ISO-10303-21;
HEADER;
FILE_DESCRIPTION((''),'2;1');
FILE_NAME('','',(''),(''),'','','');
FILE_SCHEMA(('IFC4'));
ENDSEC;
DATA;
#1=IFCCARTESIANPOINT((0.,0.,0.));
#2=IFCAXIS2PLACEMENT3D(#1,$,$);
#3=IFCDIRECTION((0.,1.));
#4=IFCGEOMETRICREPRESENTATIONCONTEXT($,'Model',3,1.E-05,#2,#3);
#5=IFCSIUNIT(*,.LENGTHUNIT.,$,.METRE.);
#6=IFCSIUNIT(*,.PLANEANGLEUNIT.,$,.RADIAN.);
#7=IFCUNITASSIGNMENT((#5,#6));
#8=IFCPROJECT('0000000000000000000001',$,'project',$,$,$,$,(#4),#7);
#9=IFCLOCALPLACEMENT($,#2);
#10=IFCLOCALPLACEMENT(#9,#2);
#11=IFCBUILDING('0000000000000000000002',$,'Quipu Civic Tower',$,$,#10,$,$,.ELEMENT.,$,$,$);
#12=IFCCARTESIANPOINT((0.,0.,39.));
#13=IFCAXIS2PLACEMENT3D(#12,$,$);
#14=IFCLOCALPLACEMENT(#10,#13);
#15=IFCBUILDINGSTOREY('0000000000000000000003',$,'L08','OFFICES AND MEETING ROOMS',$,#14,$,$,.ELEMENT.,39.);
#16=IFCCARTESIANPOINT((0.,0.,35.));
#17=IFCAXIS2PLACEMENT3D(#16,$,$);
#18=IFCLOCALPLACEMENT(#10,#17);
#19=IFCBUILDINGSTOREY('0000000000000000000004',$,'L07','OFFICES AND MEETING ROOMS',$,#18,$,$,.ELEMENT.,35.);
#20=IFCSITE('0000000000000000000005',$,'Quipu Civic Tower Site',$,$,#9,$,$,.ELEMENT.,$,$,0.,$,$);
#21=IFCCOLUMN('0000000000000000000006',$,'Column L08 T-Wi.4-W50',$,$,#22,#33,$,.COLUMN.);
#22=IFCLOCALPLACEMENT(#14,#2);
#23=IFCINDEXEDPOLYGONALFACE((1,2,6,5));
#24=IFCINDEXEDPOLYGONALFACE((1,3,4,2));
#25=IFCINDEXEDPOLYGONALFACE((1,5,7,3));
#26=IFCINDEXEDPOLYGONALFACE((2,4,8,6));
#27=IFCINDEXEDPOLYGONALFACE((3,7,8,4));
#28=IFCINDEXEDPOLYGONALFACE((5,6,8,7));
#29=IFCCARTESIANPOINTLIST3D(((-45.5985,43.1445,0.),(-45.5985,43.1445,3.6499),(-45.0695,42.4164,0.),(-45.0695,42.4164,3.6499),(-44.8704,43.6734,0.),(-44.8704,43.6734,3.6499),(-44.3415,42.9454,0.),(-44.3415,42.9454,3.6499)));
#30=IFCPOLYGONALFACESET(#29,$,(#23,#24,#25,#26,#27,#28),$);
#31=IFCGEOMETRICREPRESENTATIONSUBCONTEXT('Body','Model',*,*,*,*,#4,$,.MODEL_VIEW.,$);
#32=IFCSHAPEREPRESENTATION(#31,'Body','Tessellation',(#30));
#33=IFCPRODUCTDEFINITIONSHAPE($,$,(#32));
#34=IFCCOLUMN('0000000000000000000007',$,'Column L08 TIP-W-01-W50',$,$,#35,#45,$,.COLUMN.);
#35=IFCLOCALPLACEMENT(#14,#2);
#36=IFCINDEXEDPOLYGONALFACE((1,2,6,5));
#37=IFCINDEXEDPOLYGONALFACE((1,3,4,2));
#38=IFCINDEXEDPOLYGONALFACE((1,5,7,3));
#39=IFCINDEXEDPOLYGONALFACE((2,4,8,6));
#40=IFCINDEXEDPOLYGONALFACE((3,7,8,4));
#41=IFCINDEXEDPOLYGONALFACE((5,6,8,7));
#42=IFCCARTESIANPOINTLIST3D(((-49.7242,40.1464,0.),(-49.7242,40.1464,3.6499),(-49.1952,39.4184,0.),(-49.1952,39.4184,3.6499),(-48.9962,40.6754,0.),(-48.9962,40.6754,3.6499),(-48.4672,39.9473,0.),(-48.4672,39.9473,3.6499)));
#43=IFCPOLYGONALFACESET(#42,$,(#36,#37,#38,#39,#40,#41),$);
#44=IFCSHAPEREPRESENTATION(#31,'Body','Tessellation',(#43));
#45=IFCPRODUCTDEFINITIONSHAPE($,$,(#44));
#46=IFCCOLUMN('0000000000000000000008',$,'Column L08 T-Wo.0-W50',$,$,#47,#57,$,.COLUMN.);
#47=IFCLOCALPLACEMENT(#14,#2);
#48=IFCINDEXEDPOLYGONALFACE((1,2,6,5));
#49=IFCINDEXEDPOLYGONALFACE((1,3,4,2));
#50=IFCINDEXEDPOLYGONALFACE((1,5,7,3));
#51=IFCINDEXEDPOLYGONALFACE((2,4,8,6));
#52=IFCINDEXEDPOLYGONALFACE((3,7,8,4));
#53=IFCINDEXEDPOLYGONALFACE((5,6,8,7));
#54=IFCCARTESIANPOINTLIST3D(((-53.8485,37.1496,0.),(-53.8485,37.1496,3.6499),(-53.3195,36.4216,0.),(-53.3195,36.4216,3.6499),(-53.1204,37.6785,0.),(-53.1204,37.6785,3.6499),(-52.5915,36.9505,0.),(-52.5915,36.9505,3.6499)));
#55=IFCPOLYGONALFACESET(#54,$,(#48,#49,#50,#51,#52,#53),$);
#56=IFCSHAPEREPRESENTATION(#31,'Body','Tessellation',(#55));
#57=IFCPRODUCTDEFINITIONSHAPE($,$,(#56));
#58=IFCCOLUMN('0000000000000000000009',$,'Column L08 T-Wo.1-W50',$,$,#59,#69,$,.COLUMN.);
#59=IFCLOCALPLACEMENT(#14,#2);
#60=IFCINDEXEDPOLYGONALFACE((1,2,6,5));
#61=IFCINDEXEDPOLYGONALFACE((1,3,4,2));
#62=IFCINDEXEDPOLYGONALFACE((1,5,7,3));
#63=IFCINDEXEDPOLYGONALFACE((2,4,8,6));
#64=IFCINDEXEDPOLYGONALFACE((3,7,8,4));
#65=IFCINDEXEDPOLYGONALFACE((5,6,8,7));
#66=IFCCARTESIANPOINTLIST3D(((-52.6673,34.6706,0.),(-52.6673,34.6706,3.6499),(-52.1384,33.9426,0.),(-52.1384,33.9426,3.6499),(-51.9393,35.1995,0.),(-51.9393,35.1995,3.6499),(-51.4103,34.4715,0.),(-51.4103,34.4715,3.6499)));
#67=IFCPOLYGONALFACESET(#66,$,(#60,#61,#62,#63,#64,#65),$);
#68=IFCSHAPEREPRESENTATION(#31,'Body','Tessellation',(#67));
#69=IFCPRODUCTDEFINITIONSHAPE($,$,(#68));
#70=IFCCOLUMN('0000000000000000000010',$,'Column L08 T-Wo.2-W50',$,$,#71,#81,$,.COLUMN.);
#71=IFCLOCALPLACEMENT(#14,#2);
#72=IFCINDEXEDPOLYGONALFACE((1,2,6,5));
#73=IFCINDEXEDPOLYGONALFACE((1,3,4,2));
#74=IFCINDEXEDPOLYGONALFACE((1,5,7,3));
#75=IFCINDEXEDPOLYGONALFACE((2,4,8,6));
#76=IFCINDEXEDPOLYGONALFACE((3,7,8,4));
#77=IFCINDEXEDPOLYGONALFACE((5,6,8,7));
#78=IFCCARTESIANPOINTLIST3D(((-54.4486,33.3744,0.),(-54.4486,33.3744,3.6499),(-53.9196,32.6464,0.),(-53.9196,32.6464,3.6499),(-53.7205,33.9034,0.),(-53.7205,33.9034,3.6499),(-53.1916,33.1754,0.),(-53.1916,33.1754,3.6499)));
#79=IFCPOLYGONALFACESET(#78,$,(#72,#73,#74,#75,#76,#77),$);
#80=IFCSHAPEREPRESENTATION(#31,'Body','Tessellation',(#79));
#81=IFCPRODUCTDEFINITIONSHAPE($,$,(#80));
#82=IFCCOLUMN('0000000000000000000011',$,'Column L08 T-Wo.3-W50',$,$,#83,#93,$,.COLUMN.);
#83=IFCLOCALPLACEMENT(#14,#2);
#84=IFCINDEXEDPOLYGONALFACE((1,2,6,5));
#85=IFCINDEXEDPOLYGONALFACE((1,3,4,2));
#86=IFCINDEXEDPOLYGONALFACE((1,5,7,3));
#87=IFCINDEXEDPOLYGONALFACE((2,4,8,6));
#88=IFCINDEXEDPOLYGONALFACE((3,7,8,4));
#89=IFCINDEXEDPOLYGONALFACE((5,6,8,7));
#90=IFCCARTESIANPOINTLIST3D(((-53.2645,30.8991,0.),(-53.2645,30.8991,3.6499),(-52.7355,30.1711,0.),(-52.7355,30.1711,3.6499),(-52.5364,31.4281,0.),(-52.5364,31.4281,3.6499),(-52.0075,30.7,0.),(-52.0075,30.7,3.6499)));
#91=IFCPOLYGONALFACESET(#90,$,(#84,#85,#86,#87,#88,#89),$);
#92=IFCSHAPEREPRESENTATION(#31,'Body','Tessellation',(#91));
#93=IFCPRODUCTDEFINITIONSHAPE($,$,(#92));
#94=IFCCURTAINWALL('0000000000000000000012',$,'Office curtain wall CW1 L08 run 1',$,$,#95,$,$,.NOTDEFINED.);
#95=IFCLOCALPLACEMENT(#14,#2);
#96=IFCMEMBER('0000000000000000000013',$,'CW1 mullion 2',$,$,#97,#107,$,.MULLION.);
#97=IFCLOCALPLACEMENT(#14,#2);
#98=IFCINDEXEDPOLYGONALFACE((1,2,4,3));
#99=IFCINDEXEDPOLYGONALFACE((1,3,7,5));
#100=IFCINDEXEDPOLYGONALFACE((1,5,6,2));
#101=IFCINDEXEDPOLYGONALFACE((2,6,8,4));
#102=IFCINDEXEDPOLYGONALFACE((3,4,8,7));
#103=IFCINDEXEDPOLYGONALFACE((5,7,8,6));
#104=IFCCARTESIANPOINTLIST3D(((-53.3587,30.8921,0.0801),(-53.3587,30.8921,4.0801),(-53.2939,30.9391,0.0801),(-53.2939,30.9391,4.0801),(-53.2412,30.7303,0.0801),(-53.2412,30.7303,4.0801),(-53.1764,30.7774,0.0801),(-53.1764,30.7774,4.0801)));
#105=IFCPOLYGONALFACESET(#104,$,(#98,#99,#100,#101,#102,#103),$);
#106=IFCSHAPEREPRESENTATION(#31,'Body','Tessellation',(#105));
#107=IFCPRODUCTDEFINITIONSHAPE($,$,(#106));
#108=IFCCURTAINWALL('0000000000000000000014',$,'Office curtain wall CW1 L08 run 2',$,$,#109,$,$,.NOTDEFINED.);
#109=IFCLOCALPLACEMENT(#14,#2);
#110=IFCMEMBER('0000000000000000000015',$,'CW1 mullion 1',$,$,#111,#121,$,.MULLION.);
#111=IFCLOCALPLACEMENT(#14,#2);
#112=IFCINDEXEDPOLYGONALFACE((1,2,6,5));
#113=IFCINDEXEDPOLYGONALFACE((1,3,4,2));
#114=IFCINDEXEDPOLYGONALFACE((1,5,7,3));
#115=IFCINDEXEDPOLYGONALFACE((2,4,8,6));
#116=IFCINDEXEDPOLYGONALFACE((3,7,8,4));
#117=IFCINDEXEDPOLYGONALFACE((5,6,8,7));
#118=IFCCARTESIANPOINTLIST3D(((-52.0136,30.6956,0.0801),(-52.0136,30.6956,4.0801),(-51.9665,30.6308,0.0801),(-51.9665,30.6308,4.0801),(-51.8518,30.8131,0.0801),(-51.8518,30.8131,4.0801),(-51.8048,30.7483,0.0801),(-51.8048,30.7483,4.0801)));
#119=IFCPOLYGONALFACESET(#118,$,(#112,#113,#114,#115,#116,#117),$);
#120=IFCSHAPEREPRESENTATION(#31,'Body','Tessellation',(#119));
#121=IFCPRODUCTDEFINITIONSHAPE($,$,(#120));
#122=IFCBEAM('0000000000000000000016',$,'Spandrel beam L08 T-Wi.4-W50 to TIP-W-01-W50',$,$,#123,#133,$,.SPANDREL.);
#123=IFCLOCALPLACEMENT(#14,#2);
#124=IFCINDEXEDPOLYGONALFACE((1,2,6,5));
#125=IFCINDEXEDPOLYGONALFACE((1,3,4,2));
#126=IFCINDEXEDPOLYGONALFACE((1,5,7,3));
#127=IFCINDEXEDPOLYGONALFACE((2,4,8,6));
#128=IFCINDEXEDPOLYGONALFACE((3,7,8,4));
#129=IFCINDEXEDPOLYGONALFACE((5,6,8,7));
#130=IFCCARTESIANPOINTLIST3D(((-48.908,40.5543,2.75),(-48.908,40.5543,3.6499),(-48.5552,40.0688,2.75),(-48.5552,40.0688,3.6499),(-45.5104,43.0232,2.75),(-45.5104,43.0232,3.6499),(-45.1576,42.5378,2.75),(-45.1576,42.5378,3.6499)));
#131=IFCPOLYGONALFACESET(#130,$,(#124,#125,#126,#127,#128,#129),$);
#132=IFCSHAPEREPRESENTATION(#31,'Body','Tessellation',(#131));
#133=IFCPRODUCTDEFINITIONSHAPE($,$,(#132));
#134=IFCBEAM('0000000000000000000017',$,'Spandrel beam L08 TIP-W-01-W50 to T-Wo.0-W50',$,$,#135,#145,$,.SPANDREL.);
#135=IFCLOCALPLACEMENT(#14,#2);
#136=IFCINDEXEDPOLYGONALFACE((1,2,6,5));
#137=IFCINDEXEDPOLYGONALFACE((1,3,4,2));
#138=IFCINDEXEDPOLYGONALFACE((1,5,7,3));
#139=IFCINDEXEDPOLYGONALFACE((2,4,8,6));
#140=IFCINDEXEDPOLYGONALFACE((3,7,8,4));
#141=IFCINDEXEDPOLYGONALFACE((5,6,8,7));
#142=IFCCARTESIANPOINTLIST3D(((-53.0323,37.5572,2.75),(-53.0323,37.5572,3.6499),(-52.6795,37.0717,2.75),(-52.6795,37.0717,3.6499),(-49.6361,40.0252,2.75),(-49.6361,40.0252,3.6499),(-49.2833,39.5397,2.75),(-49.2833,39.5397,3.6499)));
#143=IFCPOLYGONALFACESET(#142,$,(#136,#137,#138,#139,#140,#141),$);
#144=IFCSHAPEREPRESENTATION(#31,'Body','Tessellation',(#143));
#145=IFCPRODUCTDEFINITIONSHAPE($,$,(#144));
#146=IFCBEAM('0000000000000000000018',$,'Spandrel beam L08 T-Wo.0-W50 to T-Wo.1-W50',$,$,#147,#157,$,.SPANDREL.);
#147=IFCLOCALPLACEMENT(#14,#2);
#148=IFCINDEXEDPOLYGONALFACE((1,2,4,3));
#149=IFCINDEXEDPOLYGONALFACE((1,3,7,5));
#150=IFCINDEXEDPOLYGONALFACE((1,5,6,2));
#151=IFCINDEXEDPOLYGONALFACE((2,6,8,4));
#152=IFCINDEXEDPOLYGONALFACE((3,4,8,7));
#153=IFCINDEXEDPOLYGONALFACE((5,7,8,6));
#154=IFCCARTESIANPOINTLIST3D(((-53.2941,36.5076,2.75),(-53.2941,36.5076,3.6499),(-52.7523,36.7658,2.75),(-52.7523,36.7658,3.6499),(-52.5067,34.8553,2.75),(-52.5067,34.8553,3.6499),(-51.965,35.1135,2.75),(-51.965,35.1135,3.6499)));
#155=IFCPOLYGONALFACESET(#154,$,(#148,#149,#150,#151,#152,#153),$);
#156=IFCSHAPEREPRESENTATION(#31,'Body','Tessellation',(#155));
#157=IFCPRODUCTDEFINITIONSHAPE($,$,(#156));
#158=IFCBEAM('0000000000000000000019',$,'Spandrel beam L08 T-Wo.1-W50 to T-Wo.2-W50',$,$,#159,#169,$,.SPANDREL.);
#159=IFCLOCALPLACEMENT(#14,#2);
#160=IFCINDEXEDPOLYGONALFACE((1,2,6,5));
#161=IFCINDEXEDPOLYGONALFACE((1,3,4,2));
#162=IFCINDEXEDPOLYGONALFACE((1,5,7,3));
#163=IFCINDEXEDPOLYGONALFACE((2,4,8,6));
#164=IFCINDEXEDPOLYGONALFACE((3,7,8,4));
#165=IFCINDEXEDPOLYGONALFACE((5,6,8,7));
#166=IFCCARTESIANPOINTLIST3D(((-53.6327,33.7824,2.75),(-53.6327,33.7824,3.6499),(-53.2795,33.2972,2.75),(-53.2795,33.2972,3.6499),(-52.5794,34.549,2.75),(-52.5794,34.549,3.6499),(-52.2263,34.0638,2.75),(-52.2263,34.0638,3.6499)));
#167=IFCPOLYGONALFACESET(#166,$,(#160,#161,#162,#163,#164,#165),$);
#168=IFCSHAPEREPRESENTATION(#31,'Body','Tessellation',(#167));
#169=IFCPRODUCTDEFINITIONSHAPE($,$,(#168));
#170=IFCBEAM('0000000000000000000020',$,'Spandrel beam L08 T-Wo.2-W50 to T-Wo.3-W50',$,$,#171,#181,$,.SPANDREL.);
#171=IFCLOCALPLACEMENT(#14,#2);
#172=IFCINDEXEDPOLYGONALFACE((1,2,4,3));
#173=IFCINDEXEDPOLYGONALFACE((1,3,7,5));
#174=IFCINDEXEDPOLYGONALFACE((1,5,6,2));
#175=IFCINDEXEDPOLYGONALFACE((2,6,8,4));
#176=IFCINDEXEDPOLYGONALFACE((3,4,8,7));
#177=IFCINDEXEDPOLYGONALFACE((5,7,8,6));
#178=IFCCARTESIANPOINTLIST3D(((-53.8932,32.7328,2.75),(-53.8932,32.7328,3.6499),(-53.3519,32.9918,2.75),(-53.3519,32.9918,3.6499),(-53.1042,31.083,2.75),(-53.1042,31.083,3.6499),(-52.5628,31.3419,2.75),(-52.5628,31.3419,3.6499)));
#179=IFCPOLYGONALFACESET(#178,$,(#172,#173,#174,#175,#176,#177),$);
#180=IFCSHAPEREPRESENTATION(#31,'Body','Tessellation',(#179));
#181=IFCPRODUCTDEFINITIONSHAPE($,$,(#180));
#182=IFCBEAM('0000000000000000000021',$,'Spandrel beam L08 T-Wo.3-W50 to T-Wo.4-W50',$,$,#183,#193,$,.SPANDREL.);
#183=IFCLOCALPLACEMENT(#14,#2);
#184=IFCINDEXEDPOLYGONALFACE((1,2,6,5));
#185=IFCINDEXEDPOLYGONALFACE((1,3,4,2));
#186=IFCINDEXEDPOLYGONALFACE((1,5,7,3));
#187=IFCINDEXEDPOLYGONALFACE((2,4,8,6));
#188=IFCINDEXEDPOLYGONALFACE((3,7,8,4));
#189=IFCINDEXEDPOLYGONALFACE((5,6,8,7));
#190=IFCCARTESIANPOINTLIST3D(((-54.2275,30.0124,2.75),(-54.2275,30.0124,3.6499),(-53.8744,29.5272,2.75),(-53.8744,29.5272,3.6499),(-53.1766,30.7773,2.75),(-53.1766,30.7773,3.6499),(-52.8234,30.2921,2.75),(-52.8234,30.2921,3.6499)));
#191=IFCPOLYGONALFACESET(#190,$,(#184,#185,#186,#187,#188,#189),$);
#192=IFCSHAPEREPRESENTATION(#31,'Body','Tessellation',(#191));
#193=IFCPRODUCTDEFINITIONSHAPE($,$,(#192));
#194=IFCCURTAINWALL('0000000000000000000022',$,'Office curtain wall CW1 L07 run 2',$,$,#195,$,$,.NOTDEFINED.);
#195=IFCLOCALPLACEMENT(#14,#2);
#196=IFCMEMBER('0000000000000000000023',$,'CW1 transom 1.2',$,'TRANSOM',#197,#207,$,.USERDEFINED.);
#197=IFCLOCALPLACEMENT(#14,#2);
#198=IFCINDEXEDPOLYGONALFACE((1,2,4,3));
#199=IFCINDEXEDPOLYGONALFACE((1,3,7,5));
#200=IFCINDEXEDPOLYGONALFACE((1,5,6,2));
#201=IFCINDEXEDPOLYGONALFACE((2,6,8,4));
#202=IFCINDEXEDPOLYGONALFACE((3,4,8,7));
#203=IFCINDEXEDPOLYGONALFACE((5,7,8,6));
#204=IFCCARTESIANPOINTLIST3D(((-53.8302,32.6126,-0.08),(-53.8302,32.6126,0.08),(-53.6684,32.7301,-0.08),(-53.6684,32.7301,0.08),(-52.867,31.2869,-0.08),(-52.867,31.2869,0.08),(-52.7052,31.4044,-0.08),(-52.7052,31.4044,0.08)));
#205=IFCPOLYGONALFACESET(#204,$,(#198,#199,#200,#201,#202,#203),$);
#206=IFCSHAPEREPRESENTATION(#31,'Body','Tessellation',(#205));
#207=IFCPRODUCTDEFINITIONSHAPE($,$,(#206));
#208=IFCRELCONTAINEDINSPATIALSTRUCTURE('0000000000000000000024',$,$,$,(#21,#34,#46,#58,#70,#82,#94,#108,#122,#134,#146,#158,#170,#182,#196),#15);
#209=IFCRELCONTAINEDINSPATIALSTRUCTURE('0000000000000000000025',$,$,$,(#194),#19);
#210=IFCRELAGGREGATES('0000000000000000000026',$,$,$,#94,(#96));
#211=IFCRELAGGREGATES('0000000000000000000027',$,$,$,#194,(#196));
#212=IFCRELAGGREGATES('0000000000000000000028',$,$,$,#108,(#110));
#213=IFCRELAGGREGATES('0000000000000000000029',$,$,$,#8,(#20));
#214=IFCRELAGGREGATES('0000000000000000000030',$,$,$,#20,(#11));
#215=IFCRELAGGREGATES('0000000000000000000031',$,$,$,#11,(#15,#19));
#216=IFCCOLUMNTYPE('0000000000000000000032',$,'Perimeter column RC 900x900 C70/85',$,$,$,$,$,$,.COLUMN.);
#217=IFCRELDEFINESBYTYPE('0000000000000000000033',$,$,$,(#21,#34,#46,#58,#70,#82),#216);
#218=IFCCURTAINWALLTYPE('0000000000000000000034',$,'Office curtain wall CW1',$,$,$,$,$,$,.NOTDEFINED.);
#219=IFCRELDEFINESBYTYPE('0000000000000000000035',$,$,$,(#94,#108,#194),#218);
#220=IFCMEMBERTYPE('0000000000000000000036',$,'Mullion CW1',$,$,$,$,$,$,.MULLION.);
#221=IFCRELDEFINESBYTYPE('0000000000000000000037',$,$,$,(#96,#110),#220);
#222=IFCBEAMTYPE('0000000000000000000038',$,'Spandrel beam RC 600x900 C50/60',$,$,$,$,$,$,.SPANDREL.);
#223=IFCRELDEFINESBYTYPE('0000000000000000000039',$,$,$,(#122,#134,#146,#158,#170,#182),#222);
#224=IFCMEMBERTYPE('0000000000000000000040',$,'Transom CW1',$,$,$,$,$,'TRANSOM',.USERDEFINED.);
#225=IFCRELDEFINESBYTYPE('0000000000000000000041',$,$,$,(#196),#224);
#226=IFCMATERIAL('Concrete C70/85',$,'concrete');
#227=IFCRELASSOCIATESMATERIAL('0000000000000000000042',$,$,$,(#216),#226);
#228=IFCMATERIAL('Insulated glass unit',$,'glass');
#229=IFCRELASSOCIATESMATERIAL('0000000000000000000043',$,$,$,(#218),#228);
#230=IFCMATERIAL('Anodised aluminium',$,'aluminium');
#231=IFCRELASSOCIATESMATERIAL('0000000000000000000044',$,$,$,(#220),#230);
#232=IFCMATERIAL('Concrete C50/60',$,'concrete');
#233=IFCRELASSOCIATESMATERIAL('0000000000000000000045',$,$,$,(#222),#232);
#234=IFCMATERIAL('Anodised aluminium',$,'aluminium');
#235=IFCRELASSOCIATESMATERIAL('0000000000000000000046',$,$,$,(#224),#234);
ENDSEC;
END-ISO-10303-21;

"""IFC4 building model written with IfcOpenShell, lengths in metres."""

from ifc_helpers import new_model, si_unit, direction, frame, origin, origin_2d, place, context, subcontext, project, spatial, rectangle, extrude, material, material_profile, profile_set, type_object, element, aggregate, save


model = new_model("IFC4")

# Units and contexts
model_context = context("Model", 3, precision=1e-05, world=origin(), true_north=direction((0.0, 1.0)))
body_context = subcontext(model_context, "Body", "Model", "MODEL_VIEW")
ifc_project = project(units=[si_unit("LENGTHUNIT", "METRE"), si_unit("PLANEANGLEUNIT", "RADIAN")], contexts=[model_context])

# Site, building, storey
site_placement = place(None, origin())
site = spatial("IfcSite", under=ifc_project, at=site_placement, Name="Quipu Civic Tower Site", CompositionType="ELEMENT", RefElevation=0.0)
building_placement = place(site_placement, origin())
building = spatial("IfcBuilding", under=site, at=building_placement, Name="Quipu Civic Tower", CompositionType="ELEMENT")
storey_1_placement = place(building_placement, frame((0.0, 0.0, 39.0)))
storey_1 = spatial("IfcBuildingStorey", under=building, at=storey_1_placement, Name="L08", Description="OFFICES AND MEETING ROOMS", CompositionType="ELEMENT", Elevation=39.0)

# Columns
ifc_material_1 = material(Name="Concrete C70/85", Category="concrete")
ifc_material_profile_1 = material_profile(ifc_material_1, rectangle(XDim=0.8999, YDim=0.8999, at=origin_2d()), Name="RC900x900")
ifc_profile_set_1 = profile_set([ifc_material_profile_1], Name="Concrete C70/85")
column_type = type_object("IfcColumnType", Name="Perimeter column RC 900x900 C70/85", PredefinedType="COLUMN", material=ifc_profile_set_1)
for number, where, z_axis, x_axis, name in (
    (1, (-44.97, 43.0449, 0.0), (0.0, 0.0, 1.0), (-0.809017, -0.587785, 0.0), "Column L08 T-Wi.4-W50"),
    (2, (-49.0957, 40.0469, 0.0), (0.0, 0.0, 1.0), (-0.809017, -0.587785, 0.0), "Column L08 TIP-W-01-W50"),
    (3, (-53.22, 37.05, 0.0), (0.0, 0.0, 1.0), (0.587785, -0.809017, 0.0), "Column L08 T-Wo.0-W50"),
    (4, (-52.0388, 34.571, 0.0), (0.0, 0.0, 1.0), (-0.809017, -0.587785, 0.0), "Column L08 T-Wo.1-W50"),
    (5, (-53.8201, 33.2749, 0.0), (0.0, 0.0, 1.0), (0.587785, -0.809017, 0.0), "Column L08 T-Wo.2-W50"),
    (6, (-52.636, 30.7996, 0.0), (0.0, 0.0, 1.0), (-0.809017, -0.587785, 0.0), "Column L08 T-Wo.3-W50"),
):
    element("IfcColumn", number, at=place(storey_1_placement, frame(where, z_axis=z_axis, x_axis=x_axis)), inside=storey_1, type_object=column_type, Name=name, PredefinedType="COLUMN", context=body_context, shape_type="SweptSolid", body=[
        extrude(rectangle(XDim=0.8999, YDim=0.8999, at=origin_2d()), origin(), (0.0, 0.0, 1.0), 3.6499),
    ])

# Curtain walls, members
ifc_material_2 = material(Name="Insulated glass unit", Category="glass")
curtain_wall_type = type_object("IfcCurtainWallType", Name="Office curtain wall CW1", PredefinedType="NOTDEFINED", material=ifc_material_2)
curtain_wall_1_placement = place(storey_1_placement, origin())
curtain_wall_1 = element("IfcCurtainWall", 7, at=curtain_wall_1_placement, inside=storey_1, type_object=curtain_wall_type, Name="Office curtain wall CW1 L08 run 1", PredefinedType="NOTDEFINED")
ifc_material_3 = material(Name="Anodised aluminium", Category="aluminium")
ifc_material_profile_2 = material_profile(ifc_material_3, rectangle(XDim=0.2, YDim=0.0801, at=origin_2d()), Name="RECT 200x80")
ifc_profile_set_2 = profile_set([ifc_material_profile_2], Name="Anodised aluminium")
member_type_1 = type_object("IfcMemberType", Name="Mullion CW1", PredefinedType="MULLION", material=ifc_profile_set_2)
member_1_placement = place(storey_1_placement, frame((-53.2676, 30.8347, 0.0801), z_axis=(0.0, 0.0, 1.0), x_axis=(-0.587783, 0.809019, 0.0)))
member_1 = element("IfcMember", 8, at=member_1_placement, type_object=member_type_1, Name="CW1 mullion 2", PredefinedType="MULLION", context=body_context, shape_type="SweptSolid", body=[
    extrude(rectangle(XDim=0.2, YDim=0.0801, at=origin_2d()), origin(), (0.0, 0.0, 1.0), 4.0),
])
aggregate(curtain_wall_1, [member_1])
curtain_wall_2_placement = place(storey_1_placement, origin())
curtain_wall_2 = element("IfcCurtainWall", 9, at=curtain_wall_2_placement, inside=storey_1, type_object=curtain_wall_type, Name="Office curtain wall CW1 L08 run 2", PredefinedType="NOTDEFINED")
member_2_placement = place(storey_1_placement, frame((-51.9092, 30.7219, 0.0801), z_axis=(0.0, 0.0, 1.0), x_axis=(0.809018, 0.587784, 0.0)))
member_2 = element("IfcMember", 10, at=member_2_placement, type_object=member_type_1, Name="CW1 mullion 1", PredefinedType="MULLION", context=body_context, shape_type="SweptSolid", body=[
    extrude(rectangle(XDim=0.2, YDim=0.0801, at=origin_2d()), origin(), (0.0, 0.0, 1.0), 4.0),
])

# Beams
ifc_material_4 = material(Name="Concrete C50/60", Category="concrete")
ifc_material_profile_3 = material_profile(ifc_material_4, rectangle(XDim=0.6001, YDim=0.8999, at=origin_2d()), Name="RC600x900")
ifc_profile_set_3 = profile_set([ifc_material_profile_3], Name="Concrete C50/60")
beam_type = type_object("IfcBeamType", Name="Spandrel beam RC 600x900 C50/60", PredefinedType="SPANDREL", material=ifc_profile_set_3)
beam_1_placement = place(storey_1_placement, frame((-45.334, 42.7805, 3.2), z_axis=(-0.80897, -0.58785, 0.0), x_axis=(0.58785, -0.80897, 0.0)))
element("IfcBeam", 11, at=beam_1_placement, inside=storey_1, type_object=beam_type, Name="Spandrel beam L08 T-Wi.4-W50 to TIP-W-01-W50", PredefinedType="SPANDREL", context=body_context, shape_type="SweptSolid", body=[
    extrude(rectangle(XDim=0.6001, YDim=0.8999, at=origin_2d()), origin(), (0.0, 0.0, 1.0), 4.2),
])
beam_2_placement = place(storey_1_placement, frame((-49.4597, 39.7825, 3.2), z_axis=(-0.80896, -0.587864, 0.0), x_axis=(0.587864, -0.80896, 0.0)))
element("IfcBeam", 12, at=beam_2_placement, inside=storey_1, type_object=beam_type, Name="Spandrel beam L08 TIP-W-01-W50 to T-Wo.0-W50", PredefinedType="SPANDREL", context=body_context, shape_type="SweptSolid", body=[
    extrude(rectangle(XDim=0.6001, YDim=0.8999, at=origin_2d()), origin(), (0.0, 0.0, 1.0), 4.1982),
])
beam_3_placement = place(storey_1_placement, frame((-53.0232, 36.6367, 3.2), z_axis=(0.430167, -0.90275, 0.0), x_axis=(0.90275, 0.430167, 0.0)))
element("IfcBeam", 13, at=beam_3_placement, inside=storey_1, type_object=beam_type, Name="Spandrel beam L08 T-Wo.0-W50 to T-Wo.1-W50", PredefinedType="SPANDREL", context=body_context, shape_type="SweptSolid", body=[
    extrude(rectangle(XDim=0.6001, YDim=0.8999, at=origin_2d()), origin(), (0.0, 0.0, 1.0), 1.8303),
])
beam_4_placement = place(storey_1_placement, frame((-52.4028, 34.3064, 3.2), z_axis=(-0.808509, -0.588484, 0.0), x_axis=(0.588484, -0.808509, 0.0)))
element("IfcBeam", 14, at=beam_4_placement, inside=storey_1, type_object=beam_type, Name="Spandrel beam L08 T-Wo.1-W50 to T-Wo.2-W50", PredefinedType="SPANDREL", context=body_context, shape_type="SweptSolid", body=[
    extrude(rectangle(XDim=0.6001, YDim=0.8999, at=origin_2d()), origin(), (0.0, 0.0, 1.0), 1.3027),
])
beam_5_placement = place(storey_1_placement, frame((-53.6226, 32.8623, 3.2), z_axis=(0.431446, -0.902139, 0.0), x_axis=(0.902139, 0.431446, 0.0)))
element("IfcBeam", 15, at=beam_5_placement, inside=storey_1, type_object=beam_type, Name="Spandrel beam L08 T-Wo.2-W50 to T-Wo.3-W50", PredefinedType="SPANDREL", context=body_context, shape_type="SweptSolid", body=[
    extrude(rectangle(XDim=0.6001, YDim=0.8999, at=origin_2d()), origin(), (0.0, 0.0, 1.0), 1.8289),
])
beam_6_placement = place(storey_1_placement, frame((-53.0, 30.5347, 3.2), z_axis=(-0.808549, -0.588429, 0.0), x_axis=(0.588429, -0.808549, 0.0)))
element("IfcBeam", 16, at=beam_6_placement, inside=storey_1, type_object=beam_type, Name="Spandrel beam L08 T-Wo.3-W50 to T-Wo.4-W50", PredefinedType="SPANDREL", context=body_context, shape_type="SweptSolid", body=[
    extrude(rectangle(XDim=0.6001, YDim=0.8999, at=origin_2d()), origin(), (0.0, 0.0, 1.0), 1.2998),
])

# Shared definitions
storey_2_placement = place(building_placement, frame((0.0, 0.0, 35.0)))
storey_2 = spatial("IfcBuildingStorey", under=building, at=storey_2_placement, Name="L07", Description="OFFICES AND MEETING ROOMS", CompositionType="ELEMENT", Elevation=35.0)

# Curtain wall, member
curtain_wall_3_placement = place(storey_2_placement, origin())
curtain_wall_3 = element("IfcCurtainWall", 17, at=curtain_wall_3_placement, inside=storey_2, type_object=curtain_wall_type, Name="Office curtain wall CW1 L07 run 2", PredefinedType="NOTDEFINED")
ifc_material_5 = material(Name="Anodised aluminium", Category="aluminium")
ifc_material_profile_4 = material_profile(ifc_material_5, rectangle(XDim=0.2, YDim=0.1599, at=origin_2d()), Name="RECT 200x160")
ifc_profile_set_4 = profile_set([ifc_material_profile_4], Name="Anodised aluminium")
member_type_2 = type_object("IfcMemberType", Name="Transom CW1", ElementType="TRANSOM", PredefinedType="USERDEFINED", material=ifc_profile_set_4)
member_3_placement = place(storey_1_placement, frame((-53.7493, 32.6714, 0.0), z_axis=(0.587773, -0.809026, 0.0), x_axis=(0.809026, 0.587773, 0.0)))
member_3 = element("IfcMember", 18, at=member_3_placement, inside=storey_1, type_object=member_type_2, Name="CW1 transom 1.2", ObjectType="TRANSOM", PredefinedType="USERDEFINED", context=body_context, shape_type="SweptSolid", body=[
    extrude(rectangle(XDim=0.2, YDim=0.1599, at=origin_2d()), origin(), (0.0, 0.0, 1.0), 1.6387),
])
aggregate(curtain_wall_3, [member_3])

aggregate(curtain_wall_2, [member_2])

save(model, "model.ifc")
